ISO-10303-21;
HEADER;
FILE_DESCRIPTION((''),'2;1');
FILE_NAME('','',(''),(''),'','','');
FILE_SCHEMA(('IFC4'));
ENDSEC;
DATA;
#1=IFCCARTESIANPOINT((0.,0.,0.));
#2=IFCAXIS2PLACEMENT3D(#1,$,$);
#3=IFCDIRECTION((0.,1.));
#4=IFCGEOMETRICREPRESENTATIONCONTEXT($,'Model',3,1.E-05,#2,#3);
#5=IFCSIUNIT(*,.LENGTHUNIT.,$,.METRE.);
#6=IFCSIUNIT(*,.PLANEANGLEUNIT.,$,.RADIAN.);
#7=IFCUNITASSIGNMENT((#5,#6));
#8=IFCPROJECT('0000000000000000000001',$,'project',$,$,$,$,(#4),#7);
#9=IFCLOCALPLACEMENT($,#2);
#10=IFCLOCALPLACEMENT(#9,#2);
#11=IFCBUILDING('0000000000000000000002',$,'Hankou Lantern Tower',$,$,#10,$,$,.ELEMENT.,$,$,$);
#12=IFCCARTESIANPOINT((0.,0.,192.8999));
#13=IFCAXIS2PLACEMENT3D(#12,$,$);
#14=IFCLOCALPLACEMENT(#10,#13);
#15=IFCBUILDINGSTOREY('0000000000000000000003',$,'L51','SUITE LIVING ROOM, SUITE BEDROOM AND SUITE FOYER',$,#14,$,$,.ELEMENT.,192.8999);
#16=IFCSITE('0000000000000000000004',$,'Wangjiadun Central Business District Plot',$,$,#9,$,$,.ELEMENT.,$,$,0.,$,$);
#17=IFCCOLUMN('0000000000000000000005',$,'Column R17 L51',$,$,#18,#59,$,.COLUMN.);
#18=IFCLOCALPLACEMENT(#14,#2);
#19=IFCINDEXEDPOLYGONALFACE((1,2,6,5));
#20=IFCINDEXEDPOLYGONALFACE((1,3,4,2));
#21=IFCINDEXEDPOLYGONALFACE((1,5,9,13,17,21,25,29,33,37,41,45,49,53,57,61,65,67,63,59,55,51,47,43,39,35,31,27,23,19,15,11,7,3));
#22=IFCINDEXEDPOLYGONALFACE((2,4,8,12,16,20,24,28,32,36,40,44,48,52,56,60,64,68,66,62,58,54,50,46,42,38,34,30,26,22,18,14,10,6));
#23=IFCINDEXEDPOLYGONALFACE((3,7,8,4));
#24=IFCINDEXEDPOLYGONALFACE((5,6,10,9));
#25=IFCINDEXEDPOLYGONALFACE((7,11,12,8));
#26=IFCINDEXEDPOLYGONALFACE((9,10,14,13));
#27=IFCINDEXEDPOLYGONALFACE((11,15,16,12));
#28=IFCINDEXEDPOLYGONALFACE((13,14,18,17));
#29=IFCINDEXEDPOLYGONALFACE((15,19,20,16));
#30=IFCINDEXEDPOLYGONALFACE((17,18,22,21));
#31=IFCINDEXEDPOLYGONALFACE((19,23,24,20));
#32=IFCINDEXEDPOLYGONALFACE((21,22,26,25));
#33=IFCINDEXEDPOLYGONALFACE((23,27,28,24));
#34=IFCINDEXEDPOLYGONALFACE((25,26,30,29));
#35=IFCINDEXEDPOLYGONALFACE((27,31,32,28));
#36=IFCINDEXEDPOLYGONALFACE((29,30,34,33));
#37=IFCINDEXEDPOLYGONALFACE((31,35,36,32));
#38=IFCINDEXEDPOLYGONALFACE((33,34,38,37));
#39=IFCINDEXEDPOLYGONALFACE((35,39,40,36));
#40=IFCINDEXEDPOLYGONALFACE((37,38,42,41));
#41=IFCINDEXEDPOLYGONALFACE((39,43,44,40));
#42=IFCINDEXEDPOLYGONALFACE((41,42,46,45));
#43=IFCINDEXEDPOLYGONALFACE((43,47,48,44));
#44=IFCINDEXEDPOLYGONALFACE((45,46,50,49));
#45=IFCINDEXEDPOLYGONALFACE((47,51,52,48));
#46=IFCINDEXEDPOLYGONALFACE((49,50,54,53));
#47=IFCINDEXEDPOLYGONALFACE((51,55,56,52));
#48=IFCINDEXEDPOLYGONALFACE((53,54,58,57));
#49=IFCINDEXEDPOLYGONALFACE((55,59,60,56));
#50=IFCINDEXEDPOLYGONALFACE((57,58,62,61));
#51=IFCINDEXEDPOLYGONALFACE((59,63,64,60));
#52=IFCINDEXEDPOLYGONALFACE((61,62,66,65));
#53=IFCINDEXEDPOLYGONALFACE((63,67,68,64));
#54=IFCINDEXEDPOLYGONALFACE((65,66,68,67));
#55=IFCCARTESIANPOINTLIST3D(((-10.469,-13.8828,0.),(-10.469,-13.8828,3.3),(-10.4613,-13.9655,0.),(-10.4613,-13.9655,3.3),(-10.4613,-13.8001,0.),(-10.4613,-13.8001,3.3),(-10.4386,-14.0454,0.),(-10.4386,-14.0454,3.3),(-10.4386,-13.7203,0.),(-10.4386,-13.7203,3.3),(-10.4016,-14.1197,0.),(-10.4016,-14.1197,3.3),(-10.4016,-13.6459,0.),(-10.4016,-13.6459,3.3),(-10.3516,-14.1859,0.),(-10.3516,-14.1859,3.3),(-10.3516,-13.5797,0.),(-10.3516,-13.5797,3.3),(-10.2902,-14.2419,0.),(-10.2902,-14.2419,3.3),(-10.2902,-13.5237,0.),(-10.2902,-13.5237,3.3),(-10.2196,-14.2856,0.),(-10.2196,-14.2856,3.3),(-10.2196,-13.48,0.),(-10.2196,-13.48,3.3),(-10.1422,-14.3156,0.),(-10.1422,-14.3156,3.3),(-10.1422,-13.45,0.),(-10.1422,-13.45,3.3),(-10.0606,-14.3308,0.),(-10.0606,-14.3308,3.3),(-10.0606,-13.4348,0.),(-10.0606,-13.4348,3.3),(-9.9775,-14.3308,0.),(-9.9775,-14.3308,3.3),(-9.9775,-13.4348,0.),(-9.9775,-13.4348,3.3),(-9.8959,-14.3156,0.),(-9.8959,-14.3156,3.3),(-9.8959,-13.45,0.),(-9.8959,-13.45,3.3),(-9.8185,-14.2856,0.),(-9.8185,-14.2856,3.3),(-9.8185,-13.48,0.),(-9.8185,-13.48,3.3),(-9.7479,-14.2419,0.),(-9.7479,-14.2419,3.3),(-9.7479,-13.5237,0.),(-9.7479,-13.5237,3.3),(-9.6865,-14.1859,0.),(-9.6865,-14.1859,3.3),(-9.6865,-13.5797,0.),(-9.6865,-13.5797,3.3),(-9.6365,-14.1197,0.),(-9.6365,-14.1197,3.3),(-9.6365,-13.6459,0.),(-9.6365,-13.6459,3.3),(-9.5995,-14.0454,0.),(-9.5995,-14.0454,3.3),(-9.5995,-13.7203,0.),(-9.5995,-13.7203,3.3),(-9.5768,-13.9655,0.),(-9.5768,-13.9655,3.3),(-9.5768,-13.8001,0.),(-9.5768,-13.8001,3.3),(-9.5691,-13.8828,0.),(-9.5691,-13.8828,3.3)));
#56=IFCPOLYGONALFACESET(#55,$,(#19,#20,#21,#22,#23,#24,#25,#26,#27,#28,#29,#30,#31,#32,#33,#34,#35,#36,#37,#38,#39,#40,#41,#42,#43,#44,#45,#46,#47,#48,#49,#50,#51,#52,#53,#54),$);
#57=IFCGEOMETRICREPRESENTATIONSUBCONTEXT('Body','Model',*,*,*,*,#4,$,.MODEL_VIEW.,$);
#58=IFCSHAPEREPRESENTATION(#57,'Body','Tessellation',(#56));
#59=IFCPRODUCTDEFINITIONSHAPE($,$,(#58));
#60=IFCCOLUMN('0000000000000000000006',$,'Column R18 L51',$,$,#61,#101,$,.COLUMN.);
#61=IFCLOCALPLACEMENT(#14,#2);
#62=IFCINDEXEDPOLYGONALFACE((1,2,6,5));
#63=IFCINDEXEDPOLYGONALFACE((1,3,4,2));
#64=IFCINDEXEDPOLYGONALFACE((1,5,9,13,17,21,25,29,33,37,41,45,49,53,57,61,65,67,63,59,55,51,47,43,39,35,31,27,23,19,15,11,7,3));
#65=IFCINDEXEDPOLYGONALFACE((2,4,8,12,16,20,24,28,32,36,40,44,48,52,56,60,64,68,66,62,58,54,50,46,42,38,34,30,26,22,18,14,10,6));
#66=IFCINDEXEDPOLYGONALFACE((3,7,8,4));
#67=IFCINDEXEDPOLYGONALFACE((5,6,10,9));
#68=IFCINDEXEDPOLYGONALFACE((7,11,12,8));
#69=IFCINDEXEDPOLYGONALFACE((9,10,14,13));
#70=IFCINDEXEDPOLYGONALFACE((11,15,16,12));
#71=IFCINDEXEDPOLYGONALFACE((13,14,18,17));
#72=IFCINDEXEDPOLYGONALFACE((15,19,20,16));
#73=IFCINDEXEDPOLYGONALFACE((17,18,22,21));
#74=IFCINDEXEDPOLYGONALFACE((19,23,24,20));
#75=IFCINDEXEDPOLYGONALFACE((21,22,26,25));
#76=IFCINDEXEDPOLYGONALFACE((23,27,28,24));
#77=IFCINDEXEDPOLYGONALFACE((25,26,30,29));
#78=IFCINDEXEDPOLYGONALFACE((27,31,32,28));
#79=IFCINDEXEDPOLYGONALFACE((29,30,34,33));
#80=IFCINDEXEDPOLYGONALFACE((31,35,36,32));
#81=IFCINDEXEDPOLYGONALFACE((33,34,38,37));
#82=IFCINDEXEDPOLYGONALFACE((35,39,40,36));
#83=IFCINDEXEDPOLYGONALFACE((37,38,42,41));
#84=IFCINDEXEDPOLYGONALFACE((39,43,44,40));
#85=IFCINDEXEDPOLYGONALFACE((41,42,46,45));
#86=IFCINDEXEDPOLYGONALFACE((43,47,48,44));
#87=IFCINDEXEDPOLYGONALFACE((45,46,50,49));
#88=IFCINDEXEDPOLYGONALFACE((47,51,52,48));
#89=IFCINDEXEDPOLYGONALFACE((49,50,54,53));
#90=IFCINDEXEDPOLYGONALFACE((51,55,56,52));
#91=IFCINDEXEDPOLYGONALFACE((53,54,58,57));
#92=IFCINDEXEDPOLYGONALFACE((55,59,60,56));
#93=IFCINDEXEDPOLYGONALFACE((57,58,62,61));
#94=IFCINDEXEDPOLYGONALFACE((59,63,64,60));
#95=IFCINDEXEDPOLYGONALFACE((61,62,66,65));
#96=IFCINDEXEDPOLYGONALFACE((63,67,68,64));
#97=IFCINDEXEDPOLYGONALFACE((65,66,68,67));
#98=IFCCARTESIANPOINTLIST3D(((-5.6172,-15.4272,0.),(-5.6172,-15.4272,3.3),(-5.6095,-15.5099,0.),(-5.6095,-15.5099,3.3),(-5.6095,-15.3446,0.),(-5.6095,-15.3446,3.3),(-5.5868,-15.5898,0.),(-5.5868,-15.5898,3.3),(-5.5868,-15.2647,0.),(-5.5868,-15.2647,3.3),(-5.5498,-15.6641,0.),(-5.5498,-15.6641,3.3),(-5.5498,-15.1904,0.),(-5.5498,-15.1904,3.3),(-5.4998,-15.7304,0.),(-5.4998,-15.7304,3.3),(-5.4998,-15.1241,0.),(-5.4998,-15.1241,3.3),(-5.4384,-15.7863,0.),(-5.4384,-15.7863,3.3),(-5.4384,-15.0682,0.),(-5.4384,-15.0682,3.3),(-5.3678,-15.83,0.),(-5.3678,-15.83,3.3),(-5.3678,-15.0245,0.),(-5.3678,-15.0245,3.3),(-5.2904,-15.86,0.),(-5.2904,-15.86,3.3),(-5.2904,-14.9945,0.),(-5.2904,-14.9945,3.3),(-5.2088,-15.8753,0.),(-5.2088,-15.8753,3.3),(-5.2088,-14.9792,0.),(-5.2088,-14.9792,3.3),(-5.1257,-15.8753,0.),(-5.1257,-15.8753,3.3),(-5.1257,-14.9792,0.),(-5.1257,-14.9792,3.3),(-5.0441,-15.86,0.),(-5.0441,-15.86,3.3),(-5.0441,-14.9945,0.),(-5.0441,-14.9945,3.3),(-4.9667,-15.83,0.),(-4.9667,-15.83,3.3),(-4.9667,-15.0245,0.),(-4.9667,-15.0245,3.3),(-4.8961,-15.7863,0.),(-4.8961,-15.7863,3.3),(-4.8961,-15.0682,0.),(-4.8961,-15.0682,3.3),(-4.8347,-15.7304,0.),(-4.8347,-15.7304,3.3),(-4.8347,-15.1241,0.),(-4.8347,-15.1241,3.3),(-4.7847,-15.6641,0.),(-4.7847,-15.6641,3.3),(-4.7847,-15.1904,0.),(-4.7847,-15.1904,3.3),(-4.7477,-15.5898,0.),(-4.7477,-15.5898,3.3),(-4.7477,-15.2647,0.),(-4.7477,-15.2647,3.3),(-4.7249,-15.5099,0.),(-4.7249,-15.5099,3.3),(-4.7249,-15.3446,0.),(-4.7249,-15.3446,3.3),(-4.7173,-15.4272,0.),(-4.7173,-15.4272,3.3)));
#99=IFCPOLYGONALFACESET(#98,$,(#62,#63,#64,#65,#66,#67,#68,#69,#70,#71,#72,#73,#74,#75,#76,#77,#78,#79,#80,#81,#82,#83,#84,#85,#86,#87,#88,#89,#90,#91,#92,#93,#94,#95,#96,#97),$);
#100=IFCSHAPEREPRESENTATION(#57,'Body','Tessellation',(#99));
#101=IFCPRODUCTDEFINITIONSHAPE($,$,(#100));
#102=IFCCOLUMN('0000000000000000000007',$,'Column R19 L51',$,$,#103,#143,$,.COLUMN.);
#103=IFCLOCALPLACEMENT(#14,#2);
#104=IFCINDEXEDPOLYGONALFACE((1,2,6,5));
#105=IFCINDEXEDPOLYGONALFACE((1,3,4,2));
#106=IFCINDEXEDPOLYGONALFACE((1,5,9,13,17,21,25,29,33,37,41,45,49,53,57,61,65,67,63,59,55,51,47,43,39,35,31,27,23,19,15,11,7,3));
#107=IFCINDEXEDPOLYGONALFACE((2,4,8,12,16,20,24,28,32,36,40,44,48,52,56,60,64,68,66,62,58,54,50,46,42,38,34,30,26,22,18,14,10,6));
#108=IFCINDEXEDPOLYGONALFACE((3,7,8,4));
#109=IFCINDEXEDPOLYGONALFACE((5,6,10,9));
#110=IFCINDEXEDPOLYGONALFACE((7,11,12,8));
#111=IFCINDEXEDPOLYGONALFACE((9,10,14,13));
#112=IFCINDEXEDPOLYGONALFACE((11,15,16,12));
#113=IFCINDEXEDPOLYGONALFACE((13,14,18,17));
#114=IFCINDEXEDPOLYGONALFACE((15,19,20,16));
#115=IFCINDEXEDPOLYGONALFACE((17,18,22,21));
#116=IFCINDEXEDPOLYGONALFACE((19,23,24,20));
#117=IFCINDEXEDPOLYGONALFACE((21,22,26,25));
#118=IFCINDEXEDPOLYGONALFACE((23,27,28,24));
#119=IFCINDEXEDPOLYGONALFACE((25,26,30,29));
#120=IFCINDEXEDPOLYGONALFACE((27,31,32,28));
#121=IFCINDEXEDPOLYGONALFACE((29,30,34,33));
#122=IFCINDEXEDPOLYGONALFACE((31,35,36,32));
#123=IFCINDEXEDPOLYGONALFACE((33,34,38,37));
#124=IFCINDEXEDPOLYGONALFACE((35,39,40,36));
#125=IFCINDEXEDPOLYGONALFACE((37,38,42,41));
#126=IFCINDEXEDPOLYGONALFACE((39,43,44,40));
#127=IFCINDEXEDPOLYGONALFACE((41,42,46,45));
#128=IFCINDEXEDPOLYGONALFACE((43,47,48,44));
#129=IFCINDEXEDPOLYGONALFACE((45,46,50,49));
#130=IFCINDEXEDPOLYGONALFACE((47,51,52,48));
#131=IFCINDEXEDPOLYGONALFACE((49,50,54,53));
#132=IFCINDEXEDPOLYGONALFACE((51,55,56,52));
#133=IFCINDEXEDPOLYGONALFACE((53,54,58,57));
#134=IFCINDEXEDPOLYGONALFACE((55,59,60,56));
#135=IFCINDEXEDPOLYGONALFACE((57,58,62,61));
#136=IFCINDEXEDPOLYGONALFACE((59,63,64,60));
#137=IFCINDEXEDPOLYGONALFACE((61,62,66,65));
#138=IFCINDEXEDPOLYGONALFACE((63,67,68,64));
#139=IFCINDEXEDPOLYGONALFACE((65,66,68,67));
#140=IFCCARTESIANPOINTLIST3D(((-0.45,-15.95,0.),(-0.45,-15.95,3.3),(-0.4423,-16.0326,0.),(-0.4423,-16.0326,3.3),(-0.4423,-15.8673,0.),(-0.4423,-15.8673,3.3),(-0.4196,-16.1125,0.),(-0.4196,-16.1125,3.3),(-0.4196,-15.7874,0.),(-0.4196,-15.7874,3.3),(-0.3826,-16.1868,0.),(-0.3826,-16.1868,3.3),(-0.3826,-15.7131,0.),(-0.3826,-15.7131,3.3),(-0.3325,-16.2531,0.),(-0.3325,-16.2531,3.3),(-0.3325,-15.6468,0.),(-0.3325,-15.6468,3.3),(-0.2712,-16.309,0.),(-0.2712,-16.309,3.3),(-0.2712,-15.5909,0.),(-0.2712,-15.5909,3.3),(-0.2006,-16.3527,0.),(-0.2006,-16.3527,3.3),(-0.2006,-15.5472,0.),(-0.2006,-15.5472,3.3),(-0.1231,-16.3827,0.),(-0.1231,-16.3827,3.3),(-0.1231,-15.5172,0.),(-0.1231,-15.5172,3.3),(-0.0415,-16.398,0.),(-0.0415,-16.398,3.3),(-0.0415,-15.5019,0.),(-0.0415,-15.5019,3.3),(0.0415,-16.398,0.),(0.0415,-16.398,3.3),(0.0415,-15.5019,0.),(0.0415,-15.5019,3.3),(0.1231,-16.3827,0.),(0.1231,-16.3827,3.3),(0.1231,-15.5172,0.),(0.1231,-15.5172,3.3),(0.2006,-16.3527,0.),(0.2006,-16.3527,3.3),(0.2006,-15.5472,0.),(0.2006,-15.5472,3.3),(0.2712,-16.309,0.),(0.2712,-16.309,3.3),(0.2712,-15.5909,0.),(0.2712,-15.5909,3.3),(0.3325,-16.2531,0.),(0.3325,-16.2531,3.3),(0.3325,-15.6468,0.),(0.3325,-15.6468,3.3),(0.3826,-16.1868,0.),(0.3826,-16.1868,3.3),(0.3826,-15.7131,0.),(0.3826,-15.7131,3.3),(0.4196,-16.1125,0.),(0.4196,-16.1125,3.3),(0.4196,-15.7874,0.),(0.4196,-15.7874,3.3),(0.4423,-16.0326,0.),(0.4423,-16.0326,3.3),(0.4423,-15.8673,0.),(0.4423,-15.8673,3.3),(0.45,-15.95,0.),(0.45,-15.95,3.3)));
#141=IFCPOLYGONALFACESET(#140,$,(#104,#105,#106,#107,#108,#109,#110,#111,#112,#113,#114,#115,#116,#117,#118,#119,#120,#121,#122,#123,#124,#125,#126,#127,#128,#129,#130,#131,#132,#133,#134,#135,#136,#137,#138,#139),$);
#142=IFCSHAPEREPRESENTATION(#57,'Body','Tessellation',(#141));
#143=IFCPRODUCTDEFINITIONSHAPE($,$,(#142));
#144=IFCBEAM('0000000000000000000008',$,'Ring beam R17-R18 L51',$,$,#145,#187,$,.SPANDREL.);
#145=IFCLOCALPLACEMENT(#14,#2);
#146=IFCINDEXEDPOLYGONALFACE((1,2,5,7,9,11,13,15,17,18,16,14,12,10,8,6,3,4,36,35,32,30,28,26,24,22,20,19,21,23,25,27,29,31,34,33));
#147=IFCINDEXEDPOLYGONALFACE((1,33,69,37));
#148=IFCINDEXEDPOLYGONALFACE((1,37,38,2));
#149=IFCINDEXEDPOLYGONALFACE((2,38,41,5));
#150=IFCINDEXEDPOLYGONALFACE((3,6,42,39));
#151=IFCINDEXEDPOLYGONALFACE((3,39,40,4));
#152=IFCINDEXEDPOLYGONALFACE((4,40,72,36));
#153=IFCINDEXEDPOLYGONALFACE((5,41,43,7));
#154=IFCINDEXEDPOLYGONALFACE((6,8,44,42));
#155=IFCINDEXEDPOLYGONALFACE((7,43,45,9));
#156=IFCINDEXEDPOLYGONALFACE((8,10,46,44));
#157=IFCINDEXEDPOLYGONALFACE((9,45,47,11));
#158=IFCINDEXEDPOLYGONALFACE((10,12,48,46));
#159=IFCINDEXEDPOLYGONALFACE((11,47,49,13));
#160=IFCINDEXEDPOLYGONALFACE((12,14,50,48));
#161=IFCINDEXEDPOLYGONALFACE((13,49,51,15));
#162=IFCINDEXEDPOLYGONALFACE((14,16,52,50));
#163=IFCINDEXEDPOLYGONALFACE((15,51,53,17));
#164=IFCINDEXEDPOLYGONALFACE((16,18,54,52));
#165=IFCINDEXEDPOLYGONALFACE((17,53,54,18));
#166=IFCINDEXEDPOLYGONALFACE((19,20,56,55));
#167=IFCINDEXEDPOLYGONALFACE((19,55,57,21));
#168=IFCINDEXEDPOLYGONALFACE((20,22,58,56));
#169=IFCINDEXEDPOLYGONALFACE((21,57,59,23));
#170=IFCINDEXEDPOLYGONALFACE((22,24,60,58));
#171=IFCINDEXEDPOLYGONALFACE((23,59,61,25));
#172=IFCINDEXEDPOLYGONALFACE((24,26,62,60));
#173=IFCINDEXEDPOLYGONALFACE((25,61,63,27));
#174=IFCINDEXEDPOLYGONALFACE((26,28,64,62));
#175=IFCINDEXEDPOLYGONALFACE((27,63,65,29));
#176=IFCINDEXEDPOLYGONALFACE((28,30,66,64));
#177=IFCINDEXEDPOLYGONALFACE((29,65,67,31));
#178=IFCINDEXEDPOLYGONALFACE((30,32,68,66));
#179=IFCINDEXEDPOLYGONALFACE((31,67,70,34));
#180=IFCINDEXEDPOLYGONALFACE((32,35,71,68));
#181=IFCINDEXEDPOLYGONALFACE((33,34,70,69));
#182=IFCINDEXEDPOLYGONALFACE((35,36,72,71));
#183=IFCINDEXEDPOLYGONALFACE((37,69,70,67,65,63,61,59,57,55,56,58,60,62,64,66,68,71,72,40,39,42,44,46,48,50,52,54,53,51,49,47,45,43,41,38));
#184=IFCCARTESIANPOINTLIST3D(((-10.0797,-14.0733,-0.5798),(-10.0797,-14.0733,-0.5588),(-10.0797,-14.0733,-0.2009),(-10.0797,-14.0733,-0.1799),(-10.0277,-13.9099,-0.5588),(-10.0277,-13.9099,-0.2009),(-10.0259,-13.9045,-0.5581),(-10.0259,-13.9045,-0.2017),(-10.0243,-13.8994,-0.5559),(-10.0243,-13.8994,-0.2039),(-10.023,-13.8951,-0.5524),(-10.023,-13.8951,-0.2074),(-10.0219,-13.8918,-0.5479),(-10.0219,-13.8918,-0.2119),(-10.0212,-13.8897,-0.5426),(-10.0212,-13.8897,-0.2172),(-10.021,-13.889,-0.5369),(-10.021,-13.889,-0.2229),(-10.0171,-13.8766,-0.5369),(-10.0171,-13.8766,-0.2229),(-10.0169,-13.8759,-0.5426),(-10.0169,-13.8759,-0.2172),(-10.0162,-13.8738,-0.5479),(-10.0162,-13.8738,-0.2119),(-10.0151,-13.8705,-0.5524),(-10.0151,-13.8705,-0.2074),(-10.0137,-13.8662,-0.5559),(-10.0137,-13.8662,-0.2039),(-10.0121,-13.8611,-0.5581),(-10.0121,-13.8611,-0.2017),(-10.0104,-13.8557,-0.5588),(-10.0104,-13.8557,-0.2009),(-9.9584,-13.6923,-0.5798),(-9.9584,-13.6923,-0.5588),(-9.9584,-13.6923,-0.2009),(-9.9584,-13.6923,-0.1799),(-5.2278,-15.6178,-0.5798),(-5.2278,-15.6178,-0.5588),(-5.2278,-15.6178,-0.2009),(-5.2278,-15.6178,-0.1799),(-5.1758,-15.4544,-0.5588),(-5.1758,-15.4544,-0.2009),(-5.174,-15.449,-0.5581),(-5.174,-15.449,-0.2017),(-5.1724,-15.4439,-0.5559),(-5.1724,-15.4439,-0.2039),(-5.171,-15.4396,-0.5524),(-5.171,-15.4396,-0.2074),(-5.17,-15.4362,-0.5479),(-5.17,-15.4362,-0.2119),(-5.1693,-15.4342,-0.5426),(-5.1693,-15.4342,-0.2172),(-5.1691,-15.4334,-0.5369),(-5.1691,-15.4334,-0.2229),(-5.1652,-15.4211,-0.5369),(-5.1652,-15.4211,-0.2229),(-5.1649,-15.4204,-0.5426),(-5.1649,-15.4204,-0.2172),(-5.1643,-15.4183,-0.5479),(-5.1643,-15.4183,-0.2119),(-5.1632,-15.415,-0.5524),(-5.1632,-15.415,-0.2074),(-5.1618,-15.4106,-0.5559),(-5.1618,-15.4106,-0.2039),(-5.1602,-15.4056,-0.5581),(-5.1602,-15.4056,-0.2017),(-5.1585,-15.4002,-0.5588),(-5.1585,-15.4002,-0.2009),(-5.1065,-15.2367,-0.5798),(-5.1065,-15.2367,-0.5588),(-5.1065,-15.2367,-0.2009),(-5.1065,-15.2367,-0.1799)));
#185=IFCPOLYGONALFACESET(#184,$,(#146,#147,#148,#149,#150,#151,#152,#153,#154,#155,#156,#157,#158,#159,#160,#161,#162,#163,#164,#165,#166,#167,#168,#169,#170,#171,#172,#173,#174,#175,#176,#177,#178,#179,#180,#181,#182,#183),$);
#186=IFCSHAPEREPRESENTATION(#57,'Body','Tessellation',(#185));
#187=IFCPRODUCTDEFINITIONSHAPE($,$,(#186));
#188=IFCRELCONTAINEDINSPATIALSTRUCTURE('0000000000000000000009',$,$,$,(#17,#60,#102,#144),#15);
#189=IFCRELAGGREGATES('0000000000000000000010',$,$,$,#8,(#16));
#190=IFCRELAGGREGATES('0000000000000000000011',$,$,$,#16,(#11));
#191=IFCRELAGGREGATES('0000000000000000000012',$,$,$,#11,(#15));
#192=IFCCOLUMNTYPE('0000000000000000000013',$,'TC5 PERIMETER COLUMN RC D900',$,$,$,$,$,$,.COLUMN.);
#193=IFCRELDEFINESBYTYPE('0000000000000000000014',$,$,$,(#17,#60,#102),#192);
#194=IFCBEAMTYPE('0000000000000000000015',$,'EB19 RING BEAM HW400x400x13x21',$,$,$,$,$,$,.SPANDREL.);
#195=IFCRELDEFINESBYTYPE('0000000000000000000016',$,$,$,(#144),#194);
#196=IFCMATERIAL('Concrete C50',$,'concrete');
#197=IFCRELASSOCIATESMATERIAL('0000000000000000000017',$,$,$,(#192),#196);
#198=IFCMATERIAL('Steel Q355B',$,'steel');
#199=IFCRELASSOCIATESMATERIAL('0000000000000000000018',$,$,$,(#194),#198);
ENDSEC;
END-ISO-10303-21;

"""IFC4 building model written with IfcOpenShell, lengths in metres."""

from ifc_helpers import new_model, si_unit, direction, frame, origin, origin_2d, place, context, subcontext, project, spatial, circle, i_section, extrude, material, material_profile, profile_set, type_object, element, save


model = new_model("IFC4")

# Units and contexts
model_context = context("Model", 3, precision=1e-05, world=origin(), true_north=direction((0.0, 1.0)))
body_context = subcontext(model_context, "Body", "Model", "MODEL_VIEW")
ifc_project = project(units=[si_unit("LENGTHUNIT", "METRE"), si_unit("PLANEANGLEUNIT", "RADIAN")], contexts=[model_context])

# Site, building, storey
site_placement = place(None, origin())
site = spatial("IfcSite", under=ifc_project, at=site_placement, Name="Wangjiadun Central Business District Plot", CompositionType="ELEMENT", RefElevation=0.0)
building_placement = place(site_placement, origin())
building = spatial("IfcBuilding", under=site, at=building_placement, Name="Hankou Lantern Tower", CompositionType="ELEMENT")
storey_placement = place(building_placement, frame((0.0, 0.0, 192.8999)))
storey = spatial("IfcBuildingStorey", under=building, at=storey_placement, Name="L51", Description="SUITE LIVING ROOM, SUITE BEDROOM AND SUITE FOYER", CompositionType="ELEMENT", Elevation=192.8999)

# Columns
ifc_material_1 = material(Name="Concrete C50", Category="concrete")
ifc_material_profile_1 = material_profile(ifc_material_1, circle(Radius=0.45, at=origin_2d()), Name="RC D900")
ifc_profile_set_1 = profile_set([ifc_material_profile_1], Name="Concrete C50")
column_type = type_object("IfcColumnType", Name="TC5 PERIMETER COLUMN RC D900", PredefinedType="COLUMN", material=ifc_profile_set_1)
for number, where, z_axis, x_axis, name in (
    (1, (-10.019, -13.8828, 0.0), (0.0, 0.0, 1.0), (1.0, 0.0, 0.0), "Column R17 L51"),
    (2, (-5.1672, -15.4272, 0.0), (0.0, 0.0, 1.0), (1.0, 0.0, 0.0), "Column R18 L51"),
    (3, (0.0, -15.95, 0.0), (0.0, 0.0, 1.0), (1.0, 0.0, 0.0), "Column R19 L51"),
):
    element("IfcColumn", number, at=place(storey_placement, frame(where, z_axis=z_axis, x_axis=x_axis)), inside=storey, type_object=column_type, Name=name, PredefinedType="COLUMN", context=body_context, shape_type="SweptSolid", body=[
        extrude(circle(Radius=0.45, at=origin_2d()), origin(), (0.0, 0.0, 1.0), 3.3),
    ])

# Beam
ifc_material_2 = material(Name="Steel Q355B", Category="steel")
ifc_material_profile_2 = material_profile(ifc_material_2, i_section(OverallWidth=0.3999, OverallDepth=0.3999, WebThickness=0.0129, FlangeThickness=0.021, FilletRadius=0.022, at=origin_2d()), Name="HW400x400x13x21")
ifc_profile_set_2 = profile_set([ifc_material_profile_2], Name="Steel Q355B")
beam_type_1 = type_object("IfcBeamType", Name="EB19 RING BEAM HW400x400x13x21", PredefinedType="SPANDREL", material=ifc_profile_set_2)
beam_1_placement = place(storey_placement, frame((-10.019, -13.8828, -0.3799), z_axis=(0.952887, -0.303324, 0.0), x_axis=(0.303324, 0.952887, 0.0)))
element("IfcBeam", 4, at=beam_1_placement, inside=storey, type_object=beam_type_1, Name="Ring beam R17-R18 L51", PredefinedType="SPANDREL", context=body_context, shape_type="SweptSolid", body=[
    extrude(i_section(OverallWidth=0.3999, OverallDepth=0.3999, WebThickness=0.0129, FlangeThickness=0.021, FilletRadius=0.022, at=origin_2d()), origin(), (0.0, 0.0, 1.0), 5.0918),
])

save(model, "model.ifc")
